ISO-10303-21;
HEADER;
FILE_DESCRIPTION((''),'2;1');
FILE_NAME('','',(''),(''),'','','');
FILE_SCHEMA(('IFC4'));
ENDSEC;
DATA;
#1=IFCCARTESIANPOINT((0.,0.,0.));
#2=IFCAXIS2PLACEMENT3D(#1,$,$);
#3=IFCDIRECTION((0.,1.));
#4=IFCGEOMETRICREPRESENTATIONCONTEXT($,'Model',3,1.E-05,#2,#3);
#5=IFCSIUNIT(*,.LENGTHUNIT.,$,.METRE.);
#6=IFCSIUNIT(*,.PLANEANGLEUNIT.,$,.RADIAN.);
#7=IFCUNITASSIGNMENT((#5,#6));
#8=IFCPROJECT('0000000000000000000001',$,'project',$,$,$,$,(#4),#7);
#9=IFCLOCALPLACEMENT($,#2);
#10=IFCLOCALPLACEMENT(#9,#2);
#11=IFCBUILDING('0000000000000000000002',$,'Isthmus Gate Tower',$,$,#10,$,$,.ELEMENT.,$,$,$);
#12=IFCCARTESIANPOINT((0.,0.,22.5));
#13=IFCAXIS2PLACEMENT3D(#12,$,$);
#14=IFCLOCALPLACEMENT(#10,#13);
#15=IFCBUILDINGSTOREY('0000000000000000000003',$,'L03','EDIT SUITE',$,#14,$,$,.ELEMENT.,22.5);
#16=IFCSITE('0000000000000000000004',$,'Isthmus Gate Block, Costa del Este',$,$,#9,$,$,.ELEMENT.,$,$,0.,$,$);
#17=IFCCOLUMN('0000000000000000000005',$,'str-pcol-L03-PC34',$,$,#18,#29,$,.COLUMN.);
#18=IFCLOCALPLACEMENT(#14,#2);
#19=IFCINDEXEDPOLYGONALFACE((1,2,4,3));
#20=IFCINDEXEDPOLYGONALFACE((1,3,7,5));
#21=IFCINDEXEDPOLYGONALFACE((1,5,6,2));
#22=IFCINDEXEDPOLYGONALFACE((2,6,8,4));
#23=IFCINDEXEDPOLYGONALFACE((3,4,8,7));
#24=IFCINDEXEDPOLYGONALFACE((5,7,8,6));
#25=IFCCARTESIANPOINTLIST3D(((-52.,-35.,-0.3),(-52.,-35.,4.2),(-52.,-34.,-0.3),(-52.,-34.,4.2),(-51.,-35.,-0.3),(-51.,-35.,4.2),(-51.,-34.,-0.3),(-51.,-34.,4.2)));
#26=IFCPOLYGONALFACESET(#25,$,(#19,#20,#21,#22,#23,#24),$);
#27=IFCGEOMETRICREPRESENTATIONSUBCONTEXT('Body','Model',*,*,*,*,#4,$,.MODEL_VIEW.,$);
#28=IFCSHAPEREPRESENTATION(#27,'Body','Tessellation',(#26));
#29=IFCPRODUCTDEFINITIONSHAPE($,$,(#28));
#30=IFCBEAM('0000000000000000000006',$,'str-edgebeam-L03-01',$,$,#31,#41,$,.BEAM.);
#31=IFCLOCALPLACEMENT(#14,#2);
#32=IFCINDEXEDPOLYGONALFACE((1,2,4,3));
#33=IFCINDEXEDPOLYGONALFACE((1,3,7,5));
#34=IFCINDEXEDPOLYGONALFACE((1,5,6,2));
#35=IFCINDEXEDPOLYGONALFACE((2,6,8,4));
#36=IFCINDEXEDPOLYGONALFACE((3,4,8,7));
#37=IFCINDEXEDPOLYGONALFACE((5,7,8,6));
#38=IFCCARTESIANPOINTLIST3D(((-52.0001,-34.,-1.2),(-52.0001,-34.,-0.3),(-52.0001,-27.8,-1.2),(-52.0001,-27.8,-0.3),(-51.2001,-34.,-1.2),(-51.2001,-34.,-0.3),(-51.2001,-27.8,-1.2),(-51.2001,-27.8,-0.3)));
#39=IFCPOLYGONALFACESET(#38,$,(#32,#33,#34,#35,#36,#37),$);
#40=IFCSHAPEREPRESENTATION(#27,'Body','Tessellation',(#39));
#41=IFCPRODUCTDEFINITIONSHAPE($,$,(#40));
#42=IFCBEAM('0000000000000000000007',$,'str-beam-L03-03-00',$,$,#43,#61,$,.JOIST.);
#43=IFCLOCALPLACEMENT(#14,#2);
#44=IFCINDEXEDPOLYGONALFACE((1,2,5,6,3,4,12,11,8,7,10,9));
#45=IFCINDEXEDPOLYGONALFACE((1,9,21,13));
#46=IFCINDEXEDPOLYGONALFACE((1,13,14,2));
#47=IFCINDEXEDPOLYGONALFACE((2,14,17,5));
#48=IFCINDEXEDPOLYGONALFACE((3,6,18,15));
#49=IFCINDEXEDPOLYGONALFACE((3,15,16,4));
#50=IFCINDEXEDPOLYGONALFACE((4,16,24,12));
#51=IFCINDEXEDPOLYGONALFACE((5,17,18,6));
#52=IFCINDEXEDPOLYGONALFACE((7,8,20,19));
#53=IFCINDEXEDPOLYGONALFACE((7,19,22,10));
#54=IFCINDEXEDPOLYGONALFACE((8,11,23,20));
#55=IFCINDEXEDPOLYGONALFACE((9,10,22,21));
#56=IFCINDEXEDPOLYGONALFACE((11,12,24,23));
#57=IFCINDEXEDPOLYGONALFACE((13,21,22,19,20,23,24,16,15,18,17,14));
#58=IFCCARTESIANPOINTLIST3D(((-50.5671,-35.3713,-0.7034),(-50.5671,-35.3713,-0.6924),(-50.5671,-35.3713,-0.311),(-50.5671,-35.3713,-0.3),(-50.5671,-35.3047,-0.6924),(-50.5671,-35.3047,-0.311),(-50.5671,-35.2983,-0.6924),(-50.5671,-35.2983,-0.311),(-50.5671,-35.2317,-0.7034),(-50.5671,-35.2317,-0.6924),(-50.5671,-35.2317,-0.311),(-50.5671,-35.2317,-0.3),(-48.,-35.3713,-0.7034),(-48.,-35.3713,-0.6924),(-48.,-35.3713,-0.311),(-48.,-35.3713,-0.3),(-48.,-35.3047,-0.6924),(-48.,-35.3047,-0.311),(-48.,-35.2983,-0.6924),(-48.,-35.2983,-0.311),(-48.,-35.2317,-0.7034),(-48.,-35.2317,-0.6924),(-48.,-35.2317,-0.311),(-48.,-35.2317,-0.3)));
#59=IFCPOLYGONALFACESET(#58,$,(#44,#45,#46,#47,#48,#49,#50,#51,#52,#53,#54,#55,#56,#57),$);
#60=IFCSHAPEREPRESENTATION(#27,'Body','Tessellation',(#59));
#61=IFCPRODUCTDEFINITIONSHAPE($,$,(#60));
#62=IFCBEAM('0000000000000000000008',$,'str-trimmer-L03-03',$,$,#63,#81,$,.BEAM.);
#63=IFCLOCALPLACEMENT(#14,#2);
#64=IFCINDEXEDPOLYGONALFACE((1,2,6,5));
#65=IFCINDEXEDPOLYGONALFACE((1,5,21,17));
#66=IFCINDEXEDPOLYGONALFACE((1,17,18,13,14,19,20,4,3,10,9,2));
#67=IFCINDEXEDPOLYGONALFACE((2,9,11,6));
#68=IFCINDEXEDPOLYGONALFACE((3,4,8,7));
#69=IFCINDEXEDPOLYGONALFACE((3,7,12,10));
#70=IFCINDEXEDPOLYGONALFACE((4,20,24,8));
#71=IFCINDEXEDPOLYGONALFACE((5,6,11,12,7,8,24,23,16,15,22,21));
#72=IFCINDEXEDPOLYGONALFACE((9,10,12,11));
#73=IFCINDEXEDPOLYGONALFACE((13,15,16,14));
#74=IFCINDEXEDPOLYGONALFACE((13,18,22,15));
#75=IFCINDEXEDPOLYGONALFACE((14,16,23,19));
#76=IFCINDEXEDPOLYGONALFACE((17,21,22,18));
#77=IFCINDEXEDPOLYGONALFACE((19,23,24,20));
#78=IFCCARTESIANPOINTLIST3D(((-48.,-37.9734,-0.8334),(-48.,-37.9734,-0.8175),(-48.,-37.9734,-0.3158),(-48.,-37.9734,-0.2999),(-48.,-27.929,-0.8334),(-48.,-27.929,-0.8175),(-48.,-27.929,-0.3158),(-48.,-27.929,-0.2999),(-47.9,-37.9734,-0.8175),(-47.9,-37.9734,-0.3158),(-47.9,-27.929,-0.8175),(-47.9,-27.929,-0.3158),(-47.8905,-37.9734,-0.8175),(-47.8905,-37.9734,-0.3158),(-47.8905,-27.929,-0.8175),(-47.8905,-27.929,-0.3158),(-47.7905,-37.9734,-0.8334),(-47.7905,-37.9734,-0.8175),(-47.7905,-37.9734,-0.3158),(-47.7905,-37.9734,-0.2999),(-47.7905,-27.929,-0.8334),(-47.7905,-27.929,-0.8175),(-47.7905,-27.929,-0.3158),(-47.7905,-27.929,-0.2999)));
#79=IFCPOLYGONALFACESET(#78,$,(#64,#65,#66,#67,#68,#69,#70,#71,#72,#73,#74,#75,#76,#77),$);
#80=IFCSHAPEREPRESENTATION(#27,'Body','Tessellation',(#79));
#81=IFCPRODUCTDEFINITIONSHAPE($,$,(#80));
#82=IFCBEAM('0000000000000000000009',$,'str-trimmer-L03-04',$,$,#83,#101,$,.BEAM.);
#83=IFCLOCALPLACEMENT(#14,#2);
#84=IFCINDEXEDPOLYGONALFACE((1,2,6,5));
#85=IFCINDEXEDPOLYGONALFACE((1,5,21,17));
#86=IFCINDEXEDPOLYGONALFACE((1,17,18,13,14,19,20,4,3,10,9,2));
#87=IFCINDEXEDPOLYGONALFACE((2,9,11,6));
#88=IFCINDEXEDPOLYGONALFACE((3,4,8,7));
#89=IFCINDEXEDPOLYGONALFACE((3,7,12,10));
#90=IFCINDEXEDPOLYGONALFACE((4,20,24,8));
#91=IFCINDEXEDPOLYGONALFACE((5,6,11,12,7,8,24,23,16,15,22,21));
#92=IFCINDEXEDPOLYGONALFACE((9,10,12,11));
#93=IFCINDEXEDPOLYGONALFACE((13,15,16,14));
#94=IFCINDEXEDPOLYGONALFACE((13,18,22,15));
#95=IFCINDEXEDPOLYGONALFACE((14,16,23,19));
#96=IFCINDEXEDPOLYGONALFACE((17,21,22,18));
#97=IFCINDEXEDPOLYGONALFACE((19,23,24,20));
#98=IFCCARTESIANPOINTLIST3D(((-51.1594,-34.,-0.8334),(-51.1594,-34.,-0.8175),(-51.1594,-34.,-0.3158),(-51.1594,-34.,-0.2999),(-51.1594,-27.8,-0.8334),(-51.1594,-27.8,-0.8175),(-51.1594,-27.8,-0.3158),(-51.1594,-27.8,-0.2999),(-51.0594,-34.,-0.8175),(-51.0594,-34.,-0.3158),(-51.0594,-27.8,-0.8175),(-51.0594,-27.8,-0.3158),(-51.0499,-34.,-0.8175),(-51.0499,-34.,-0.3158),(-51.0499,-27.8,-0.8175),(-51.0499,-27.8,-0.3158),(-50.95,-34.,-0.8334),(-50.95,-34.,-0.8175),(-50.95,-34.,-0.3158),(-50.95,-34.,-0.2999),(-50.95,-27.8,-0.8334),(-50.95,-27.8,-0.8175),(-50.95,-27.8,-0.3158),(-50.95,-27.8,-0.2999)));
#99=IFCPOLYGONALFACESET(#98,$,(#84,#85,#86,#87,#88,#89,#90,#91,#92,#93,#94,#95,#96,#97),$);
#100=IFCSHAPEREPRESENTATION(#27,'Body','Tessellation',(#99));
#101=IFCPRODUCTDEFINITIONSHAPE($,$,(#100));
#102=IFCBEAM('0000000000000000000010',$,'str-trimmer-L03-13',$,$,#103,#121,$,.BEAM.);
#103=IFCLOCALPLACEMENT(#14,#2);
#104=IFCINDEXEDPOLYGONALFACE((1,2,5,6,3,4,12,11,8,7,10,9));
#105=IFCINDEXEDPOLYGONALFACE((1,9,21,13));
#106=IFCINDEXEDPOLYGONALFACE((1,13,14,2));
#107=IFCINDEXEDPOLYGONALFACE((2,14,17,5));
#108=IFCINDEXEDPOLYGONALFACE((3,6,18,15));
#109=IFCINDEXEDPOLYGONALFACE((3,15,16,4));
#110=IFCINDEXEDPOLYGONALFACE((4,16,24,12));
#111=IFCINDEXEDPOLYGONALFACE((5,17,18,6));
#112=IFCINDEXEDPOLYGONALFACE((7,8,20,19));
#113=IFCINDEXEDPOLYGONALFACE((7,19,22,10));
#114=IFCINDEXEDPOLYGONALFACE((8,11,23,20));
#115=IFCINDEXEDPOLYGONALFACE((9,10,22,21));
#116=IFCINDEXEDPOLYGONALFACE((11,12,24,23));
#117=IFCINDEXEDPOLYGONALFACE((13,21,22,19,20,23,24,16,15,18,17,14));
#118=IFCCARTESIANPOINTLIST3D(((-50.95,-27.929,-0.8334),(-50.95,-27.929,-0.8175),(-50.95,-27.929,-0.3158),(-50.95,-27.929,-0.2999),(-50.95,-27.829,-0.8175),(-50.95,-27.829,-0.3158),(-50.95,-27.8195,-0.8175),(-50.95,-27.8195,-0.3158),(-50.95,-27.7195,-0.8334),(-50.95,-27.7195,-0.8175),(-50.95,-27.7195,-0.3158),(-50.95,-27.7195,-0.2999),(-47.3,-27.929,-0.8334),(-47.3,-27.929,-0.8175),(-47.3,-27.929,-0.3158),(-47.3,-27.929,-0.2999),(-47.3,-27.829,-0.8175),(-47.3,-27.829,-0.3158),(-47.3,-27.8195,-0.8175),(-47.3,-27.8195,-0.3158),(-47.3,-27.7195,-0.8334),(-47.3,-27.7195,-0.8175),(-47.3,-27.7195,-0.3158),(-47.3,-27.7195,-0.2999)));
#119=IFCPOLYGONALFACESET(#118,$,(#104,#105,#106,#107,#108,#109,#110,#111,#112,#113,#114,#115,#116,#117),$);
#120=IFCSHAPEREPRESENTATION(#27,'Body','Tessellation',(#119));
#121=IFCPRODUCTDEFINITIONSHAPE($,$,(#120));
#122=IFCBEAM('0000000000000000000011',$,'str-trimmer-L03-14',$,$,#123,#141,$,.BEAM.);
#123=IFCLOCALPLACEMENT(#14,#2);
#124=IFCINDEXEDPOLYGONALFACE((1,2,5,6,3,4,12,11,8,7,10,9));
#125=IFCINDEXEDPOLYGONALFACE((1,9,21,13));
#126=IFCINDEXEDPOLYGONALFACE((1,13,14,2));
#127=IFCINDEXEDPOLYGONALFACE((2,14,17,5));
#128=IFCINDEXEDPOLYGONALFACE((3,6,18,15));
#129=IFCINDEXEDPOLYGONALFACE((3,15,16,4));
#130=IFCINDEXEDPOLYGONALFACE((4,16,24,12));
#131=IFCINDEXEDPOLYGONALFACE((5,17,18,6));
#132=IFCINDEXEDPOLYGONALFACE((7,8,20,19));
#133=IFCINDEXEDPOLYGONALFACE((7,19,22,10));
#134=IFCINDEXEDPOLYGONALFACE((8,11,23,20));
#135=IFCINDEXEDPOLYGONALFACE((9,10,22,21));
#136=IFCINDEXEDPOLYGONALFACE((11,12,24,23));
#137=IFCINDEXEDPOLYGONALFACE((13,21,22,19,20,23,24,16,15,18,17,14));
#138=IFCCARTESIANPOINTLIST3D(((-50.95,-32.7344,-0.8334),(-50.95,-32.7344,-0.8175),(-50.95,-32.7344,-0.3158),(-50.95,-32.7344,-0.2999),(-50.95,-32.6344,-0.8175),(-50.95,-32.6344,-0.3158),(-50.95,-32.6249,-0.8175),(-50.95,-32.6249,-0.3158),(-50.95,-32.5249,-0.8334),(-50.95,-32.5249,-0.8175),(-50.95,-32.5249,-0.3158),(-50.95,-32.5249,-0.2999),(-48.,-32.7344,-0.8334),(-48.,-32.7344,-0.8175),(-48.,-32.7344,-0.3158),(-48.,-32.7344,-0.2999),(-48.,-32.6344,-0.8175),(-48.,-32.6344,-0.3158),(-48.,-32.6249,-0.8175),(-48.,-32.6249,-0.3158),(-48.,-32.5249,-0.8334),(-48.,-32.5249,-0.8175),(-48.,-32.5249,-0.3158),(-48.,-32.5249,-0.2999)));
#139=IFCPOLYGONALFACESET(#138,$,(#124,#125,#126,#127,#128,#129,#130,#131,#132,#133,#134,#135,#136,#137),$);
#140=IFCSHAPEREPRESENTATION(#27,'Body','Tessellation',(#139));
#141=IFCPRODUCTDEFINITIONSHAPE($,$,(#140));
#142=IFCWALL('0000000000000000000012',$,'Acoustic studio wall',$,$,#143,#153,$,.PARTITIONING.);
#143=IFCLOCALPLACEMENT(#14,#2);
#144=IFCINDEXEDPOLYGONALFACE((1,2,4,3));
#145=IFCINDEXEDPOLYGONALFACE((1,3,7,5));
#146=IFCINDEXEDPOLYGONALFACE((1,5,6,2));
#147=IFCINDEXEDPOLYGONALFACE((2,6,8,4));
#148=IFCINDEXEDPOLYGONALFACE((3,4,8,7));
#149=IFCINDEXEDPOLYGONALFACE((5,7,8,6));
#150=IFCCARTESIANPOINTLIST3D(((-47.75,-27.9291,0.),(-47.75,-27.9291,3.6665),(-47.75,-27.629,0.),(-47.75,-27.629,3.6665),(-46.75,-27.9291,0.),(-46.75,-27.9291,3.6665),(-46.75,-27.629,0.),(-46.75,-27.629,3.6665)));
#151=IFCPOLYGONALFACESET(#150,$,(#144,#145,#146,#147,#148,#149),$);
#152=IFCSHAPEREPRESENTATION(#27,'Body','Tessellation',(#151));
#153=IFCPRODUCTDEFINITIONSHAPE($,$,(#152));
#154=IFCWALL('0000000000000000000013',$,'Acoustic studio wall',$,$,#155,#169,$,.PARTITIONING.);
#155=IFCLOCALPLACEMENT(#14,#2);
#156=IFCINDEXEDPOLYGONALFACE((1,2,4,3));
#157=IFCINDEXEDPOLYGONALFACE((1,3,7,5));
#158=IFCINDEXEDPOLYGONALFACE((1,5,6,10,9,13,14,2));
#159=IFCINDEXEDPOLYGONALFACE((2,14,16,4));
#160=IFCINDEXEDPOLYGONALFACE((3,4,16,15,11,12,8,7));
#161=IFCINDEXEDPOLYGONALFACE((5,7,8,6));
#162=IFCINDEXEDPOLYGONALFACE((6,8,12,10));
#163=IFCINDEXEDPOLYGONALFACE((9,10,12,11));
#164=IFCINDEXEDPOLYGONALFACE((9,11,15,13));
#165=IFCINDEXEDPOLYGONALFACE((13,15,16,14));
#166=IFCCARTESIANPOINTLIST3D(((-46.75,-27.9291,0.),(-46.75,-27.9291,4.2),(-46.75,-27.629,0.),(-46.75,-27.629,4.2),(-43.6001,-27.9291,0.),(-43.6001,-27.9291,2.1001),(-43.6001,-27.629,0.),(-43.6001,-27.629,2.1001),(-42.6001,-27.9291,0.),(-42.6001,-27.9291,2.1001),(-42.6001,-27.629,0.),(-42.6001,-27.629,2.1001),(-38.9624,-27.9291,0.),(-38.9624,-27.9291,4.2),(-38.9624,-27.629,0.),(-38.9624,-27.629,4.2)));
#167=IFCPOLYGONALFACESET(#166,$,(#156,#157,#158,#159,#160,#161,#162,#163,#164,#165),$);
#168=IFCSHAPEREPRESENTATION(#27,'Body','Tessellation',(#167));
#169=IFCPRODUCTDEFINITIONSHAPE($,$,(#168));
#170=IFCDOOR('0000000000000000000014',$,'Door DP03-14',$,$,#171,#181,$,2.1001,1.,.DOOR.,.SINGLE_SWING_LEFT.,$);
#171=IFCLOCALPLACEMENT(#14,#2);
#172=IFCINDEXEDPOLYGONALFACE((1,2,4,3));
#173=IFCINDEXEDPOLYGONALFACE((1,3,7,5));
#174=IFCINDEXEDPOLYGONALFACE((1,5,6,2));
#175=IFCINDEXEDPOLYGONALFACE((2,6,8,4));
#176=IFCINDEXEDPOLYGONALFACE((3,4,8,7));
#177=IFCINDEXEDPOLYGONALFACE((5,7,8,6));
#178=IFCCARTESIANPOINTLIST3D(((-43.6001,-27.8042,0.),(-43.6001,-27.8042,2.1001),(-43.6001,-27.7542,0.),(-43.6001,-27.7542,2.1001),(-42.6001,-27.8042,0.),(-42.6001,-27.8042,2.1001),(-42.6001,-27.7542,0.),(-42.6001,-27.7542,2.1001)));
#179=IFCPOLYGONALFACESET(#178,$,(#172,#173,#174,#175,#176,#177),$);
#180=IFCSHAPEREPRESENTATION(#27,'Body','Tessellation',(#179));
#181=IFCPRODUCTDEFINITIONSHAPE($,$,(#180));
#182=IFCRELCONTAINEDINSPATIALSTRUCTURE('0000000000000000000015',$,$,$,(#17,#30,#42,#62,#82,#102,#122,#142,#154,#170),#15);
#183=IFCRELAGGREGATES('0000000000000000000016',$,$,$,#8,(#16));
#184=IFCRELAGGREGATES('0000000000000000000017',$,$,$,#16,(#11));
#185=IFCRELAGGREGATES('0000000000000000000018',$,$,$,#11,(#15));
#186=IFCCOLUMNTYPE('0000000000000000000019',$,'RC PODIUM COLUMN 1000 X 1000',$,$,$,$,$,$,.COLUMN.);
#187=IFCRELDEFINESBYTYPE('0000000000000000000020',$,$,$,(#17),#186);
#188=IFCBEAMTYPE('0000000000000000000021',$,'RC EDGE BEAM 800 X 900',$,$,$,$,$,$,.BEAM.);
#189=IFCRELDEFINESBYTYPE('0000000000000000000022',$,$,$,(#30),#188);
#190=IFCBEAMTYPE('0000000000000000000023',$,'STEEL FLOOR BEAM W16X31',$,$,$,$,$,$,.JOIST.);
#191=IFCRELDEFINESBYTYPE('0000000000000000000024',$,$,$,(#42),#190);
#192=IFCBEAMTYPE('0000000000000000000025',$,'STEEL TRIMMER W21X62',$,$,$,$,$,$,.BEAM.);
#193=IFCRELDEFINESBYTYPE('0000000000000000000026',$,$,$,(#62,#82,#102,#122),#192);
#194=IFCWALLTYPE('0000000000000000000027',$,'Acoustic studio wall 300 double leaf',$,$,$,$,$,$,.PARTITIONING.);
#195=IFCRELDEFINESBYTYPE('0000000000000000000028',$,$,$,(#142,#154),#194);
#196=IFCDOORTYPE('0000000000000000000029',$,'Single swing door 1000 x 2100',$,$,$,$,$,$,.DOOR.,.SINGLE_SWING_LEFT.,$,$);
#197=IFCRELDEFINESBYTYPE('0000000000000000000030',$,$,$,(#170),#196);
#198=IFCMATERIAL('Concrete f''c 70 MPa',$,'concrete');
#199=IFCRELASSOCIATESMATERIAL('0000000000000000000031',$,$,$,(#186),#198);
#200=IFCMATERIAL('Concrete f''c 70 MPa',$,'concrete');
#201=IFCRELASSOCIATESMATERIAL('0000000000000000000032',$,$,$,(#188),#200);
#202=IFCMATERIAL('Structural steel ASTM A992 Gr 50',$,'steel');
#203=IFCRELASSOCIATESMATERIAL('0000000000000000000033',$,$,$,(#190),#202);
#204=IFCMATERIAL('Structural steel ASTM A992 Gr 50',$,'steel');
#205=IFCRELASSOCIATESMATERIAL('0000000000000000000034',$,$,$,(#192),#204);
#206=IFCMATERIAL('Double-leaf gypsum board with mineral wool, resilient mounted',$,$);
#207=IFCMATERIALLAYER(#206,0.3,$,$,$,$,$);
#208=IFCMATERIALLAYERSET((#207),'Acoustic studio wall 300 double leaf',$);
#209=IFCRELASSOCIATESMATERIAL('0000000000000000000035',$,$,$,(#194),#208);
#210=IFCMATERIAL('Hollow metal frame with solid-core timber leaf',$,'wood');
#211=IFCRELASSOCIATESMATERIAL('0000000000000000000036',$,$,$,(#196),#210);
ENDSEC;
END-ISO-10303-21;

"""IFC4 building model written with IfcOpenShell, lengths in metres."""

from ifc_helpers import new_model, si_unit, direction, frame, frame_2d, origin, origin_2d, place, context, subcontext, project, spatial, rectangle, i_section, extrude, material, layer, layer_set, material_profile, profile_set, type_object, element, fill, save


model = new_model("IFC4")

# Units and contexts
model_context = context("Model", 3, precision=1e-05, world=origin(), true_north=direction((0.0, 1.0)))
body_context = subcontext(model_context, "Body", "Model", "MODEL_VIEW")
ifc_project = project(units=[si_unit("LENGTHUNIT", "METRE"), si_unit("PLANEANGLEUNIT", "RADIAN")], contexts=[model_context])

# Site, building, storey
site_placement = place(None, origin())
site = spatial("IfcSite", under=ifc_project, at=site_placement, Name="Isthmus Gate Block, Costa del Este", CompositionType="ELEMENT", RefElevation=0.0)
building_placement = place(site_placement, origin())
building = spatial("IfcBuilding", under=site, at=building_placement, Name="Isthmus Gate Tower", CompositionType="ELEMENT")
storey_placement = place(building_placement, frame((0.0, 0.0, 22.5)))
storey = spatial("IfcBuildingStorey", under=building, at=storey_placement, Name="L03", Description="EDIT SUITE", CompositionType="ELEMENT", Elevation=22.5)

# Column
ifc_material_1 = material(Name="Concrete f'c 70 MPa", Category="concrete")
ifc_material_profile_1 = material_profile(ifc_material_1, rectangle(XDim=1.0, YDim=1.0, at=origin_2d()), Name="RC 1000X1000")
ifc_profile_set_1 = profile_set([ifc_material_profile_1], Name="Concrete f'c 70 MPa")
column_type = type_object("IfcColumnType", Name="RC PODIUM COLUMN 1000 X 1000", PredefinedType="COLUMN", material=ifc_profile_set_1)
column_placement = place(storey_placement, frame((-51.5, -34.5, -0.3), z_axis=(0.0, 0.0, 1.0), x_axis=(0.0, -1.0, 0.0)))
element("IfcColumn", 1, at=column_placement, inside=storey, type_object=column_type, Name="str-pcol-L03-PC34", PredefinedType="COLUMN", context=body_context, shape_type="SweptSolid", body=[
    extrude(rectangle(XDim=1.0, YDim=1.0, at=origin_2d()), origin(), (0.0, 0.0, 1.0), 4.5),
])

# Beams
ifc_material_2 = material(Name="Concrete f'c 70 MPa", Category="concrete")
ifc_material_profile_2 = material_profile(ifc_material_2, rectangle(XDim=0.8, YDim=0.8999, at=origin_2d()), Name="RC 800X900")
ifc_profile_set_2 = profile_set([ifc_material_profile_2], Name="Concrete f'c 70 MPa")
beam_type_1 = type_object("IfcBeamType", Name="RC EDGE BEAM 800 X 900", PredefinedType="BEAM", material=ifc_profile_set_2)
beam_1_placement = place(storey_placement, frame((-51.6001, -34.0, -0.75), z_axis=(0.0, 1.0, 0.0), x_axis=(-1.0, 0.0, 0.0)))
element("IfcBeam", 2, at=beam_1_placement, inside=storey, type_object=beam_type_1, Name="str-edgebeam-L03-01", PredefinedType="BEAM", context=body_context, shape_type="SweptSolid", body=[
    extrude(rectangle(XDim=0.8, YDim=0.8999, at=origin_2d()), origin(), (0.0, 0.0, 1.0), 6.2),
])
ifc_material_3 = material(Name="Structural steel ASTM A992 Gr 50", Category="steel")
ifc_material_profile_3 = material_profile(ifc_material_3, i_section(OverallWidth=0.1396, OverallDepth=0.4033, WebThickness=0.0063, FlangeThickness=0.011, at=origin_2d()), Name="W16X31")
ifc_profile_set_3 = profile_set([ifc_material_profile_3], Name="Structural steel ASTM A992 Gr 50")
beam_type_2 = type_object("IfcBeamType", Name="STEEL FLOOR BEAM W16X31", PredefinedType="JOIST", material=ifc_profile_set_3)
beam_2_placement = place(storey_placement, frame((-50.5671, -35.3015, -0.5017), z_axis=(1.0, 0.0, 0.0), x_axis=(0.0, 1.0, 0.0)))
element("IfcBeam", 3, at=beam_2_placement, inside=storey, type_object=beam_type_2, Name="str-beam-L03-03-00", PredefinedType="JOIST", context=body_context, shape_type="SweptSolid", body=[
    extrude(i_section(OverallWidth=0.1396, OverallDepth=0.4033, WebThickness=0.0063, FlangeThickness=0.011, at=origin_2d()), origin(), (0.0, 0.0, 1.0), 2.5671),
])
ifc_material_4 = material(Name="Structural steel ASTM A992 Gr 50", Category="steel")
ifc_material_profile_4 = material_profile(ifc_material_4, i_section(OverallWidth=0.2095, OverallDepth=0.5334, WebThickness=0.0095, FlangeThickness=0.0159, at=origin_2d()), Name="W21X62")
ifc_profile_set_4 = profile_set([ifc_material_profile_4], Name="Structural steel ASTM A992 Gr 50")
beam_type_3 = type_object("IfcBeamType", Name="STEEL TRIMMER W21X62", PredefinedType="BEAM", material=ifc_profile_set_4)
beam_3_placement = place(storey_placement, frame((-47.8953, -37.9734, -0.5667), z_axis=(0.0, 1.0, 0.0), x_axis=(-1.0, 0.0, 0.0)))
element("IfcBeam", 4, at=beam_3_placement, inside=storey, type_object=beam_type_3, Name="str-trimmer-L03-03", PredefinedType="BEAM", context=body_context, shape_type="SweptSolid", body=[
    extrude(i_section(OverallWidth=0.2095, OverallDepth=0.5334, WebThickness=0.0095, FlangeThickness=0.0159, at=origin_2d()), origin(), (0.0, 0.0, 1.0), 10.0444),
])
beam_4_placement = place(storey_placement, frame((-51.0547, -27.8, -0.5667), z_axis=(0.0, -1.0, 0.0), x_axis=(1.0, 0.0, 0.0)))
element("IfcBeam", 5, at=beam_4_placement, inside=storey, type_object=beam_type_3, Name="str-trimmer-L03-04", PredefinedType="BEAM", context=body_context, shape_type="SweptSolid", body=[
    extrude(i_section(OverallWidth=0.2095, OverallDepth=0.5334, WebThickness=0.0095, FlangeThickness=0.0159, at=origin_2d()), origin(), (0.0, 0.0, 1.0), 6.2),
])
beam_5_placement = place(storey_placement, frame((-47.3, -27.8242, -0.5667), z_axis=(-1.0, 0.0, 0.0), x_axis=(0.0, -1.0, 0.0)))
element("IfcBeam", 6, at=beam_5_placement, inside=storey, type_object=beam_type_3, Name="str-trimmer-L03-13", PredefinedType="BEAM", context=body_context, shape_type="SweptSolid", body=[
    extrude(i_section(OverallWidth=0.2095, OverallDepth=0.5334, WebThickness=0.0095, FlangeThickness=0.0159, at=origin_2d()), origin(), (0.0, 0.0, 1.0), 3.6499),
])
beam_6_placement = place(storey_placement, frame((-50.95, -32.6296, -0.5667), z_axis=(1.0, 0.0, 0.0), x_axis=(0.0, 1.0, 0.0)))
element("IfcBeam", 7, at=beam_6_placement, inside=storey, type_object=beam_type_3, Name="str-trimmer-L03-14", PredefinedType="BEAM", context=body_context, shape_type="SweptSolid", body=[
    extrude(i_section(OverallWidth=0.2095, OverallDepth=0.5334, WebThickness=0.0095, FlangeThickness=0.0159, at=origin_2d()), origin(), (0.0, 0.0, 1.0), 2.95),
])

# Wall
ifc_material_5 = material(Name="Double-leaf gypsum board with mineral wool, resilient mounted")
ifc_layer_1 = layer(ifc_material_5, 0.3)
ifc_layer_set_1 = layer_set([ifc_layer_1], Name="Acoustic studio wall 300 double leaf")
wall_type_1 = type_object("IfcWallType", Name="Acoustic studio wall 300 double leaf", PredefinedType="PARTITIONING", material=ifc_layer_set_1)
wall_1_placement = place(storey_placement, frame((-47.75, -27.7791, 0.0), z_axis=(0.0, 0.0, 1.0), x_axis=(1.0, 0.0, 0.0)))
element("IfcWall", 8, at=wall_1_placement, inside=storey, type_object=wall_type_1, Name="Acoustic studio wall", PredefinedType="PARTITIONING", context=body_context, shape_type="SweptSolid", body=[
    extrude(rectangle(XDim=1.0, YDim=0.3, at=frame_2d((0.5, 0.0))), origin(), (0.0, 0.0, 1.0), 3.6665),
])

# Wall, opening, door
wall_2_placement = place(storey_placement, frame((-46.75, -27.7791, 0.0), z_axis=(0.0, 0.0, 1.0), x_axis=(1.0, 0.0, 0.0)))
wall_2 = element("IfcWall", 9, at=wall_2_placement, inside=storey, type_object=wall_type_1, Name="Acoustic studio wall", PredefinedType="PARTITIONING", context=body_context, shape_type="SweptSolid", body=[
    extrude(rectangle(XDim=7.7876, YDim=0.3, at=frame_2d((3.8938, 0.0))), origin(), (0.0, 0.0, 1.0), 4.2),
])
opening_1_placement = place(wall_2_placement, frame((3.1499, 0.0, 0.0)))
opening_1 = element("IfcOpeningElement", 10, at=opening_1_placement, cuts=wall_2, PredefinedType="OPENING", context=body_context, shape_type="SweptSolid", body=[
    extrude(rectangle(XDim=1.0, YDim=2.1001, at=frame_2d((0.5, 1.05))), frame((0.0, 0.1599, 0.0), z_axis=(0.0, -1.0, 0.0), x_axis=(1.0, 0.0, 0.0)), (0.0, 0.0, 1.0), 0.3201),
])
ifc_material_6 = material(Name="Hollow metal frame with solid-core timber leaf", Category="wood")
door_type_1 = type_object("IfcDoorType", Name="Single swing door 1000 x 2100", OperationType="SINGLE_SWING_LEFT", PredefinedType="DOOR", material=ifc_material_6)
door_1_placement = place(opening_1_placement, origin())
door_1 = element("IfcDoor", 11, at=door_1_placement, inside=storey, type_object=door_type_1, Name="Door DP03-14", OperationType="SINGLE_SWING_LEFT", OverallHeight=2.1001, OverallWidth=1.0, PredefinedType="DOOR", context=body_context, shape_type="SweptSolid", body=[
    extrude(rectangle(XDim=1.0, YDim=2.1001, at=frame_2d((0.5, 1.05))), frame((0.0, 0.0249, 0.0), z_axis=(0.0, -1.0, 0.0), x_axis=(1.0, 0.0, 0.0)), (0.0, 0.0, 1.0), 0.05),
])
fill(opening_1, door_1)

save(model, "model.ifc")
